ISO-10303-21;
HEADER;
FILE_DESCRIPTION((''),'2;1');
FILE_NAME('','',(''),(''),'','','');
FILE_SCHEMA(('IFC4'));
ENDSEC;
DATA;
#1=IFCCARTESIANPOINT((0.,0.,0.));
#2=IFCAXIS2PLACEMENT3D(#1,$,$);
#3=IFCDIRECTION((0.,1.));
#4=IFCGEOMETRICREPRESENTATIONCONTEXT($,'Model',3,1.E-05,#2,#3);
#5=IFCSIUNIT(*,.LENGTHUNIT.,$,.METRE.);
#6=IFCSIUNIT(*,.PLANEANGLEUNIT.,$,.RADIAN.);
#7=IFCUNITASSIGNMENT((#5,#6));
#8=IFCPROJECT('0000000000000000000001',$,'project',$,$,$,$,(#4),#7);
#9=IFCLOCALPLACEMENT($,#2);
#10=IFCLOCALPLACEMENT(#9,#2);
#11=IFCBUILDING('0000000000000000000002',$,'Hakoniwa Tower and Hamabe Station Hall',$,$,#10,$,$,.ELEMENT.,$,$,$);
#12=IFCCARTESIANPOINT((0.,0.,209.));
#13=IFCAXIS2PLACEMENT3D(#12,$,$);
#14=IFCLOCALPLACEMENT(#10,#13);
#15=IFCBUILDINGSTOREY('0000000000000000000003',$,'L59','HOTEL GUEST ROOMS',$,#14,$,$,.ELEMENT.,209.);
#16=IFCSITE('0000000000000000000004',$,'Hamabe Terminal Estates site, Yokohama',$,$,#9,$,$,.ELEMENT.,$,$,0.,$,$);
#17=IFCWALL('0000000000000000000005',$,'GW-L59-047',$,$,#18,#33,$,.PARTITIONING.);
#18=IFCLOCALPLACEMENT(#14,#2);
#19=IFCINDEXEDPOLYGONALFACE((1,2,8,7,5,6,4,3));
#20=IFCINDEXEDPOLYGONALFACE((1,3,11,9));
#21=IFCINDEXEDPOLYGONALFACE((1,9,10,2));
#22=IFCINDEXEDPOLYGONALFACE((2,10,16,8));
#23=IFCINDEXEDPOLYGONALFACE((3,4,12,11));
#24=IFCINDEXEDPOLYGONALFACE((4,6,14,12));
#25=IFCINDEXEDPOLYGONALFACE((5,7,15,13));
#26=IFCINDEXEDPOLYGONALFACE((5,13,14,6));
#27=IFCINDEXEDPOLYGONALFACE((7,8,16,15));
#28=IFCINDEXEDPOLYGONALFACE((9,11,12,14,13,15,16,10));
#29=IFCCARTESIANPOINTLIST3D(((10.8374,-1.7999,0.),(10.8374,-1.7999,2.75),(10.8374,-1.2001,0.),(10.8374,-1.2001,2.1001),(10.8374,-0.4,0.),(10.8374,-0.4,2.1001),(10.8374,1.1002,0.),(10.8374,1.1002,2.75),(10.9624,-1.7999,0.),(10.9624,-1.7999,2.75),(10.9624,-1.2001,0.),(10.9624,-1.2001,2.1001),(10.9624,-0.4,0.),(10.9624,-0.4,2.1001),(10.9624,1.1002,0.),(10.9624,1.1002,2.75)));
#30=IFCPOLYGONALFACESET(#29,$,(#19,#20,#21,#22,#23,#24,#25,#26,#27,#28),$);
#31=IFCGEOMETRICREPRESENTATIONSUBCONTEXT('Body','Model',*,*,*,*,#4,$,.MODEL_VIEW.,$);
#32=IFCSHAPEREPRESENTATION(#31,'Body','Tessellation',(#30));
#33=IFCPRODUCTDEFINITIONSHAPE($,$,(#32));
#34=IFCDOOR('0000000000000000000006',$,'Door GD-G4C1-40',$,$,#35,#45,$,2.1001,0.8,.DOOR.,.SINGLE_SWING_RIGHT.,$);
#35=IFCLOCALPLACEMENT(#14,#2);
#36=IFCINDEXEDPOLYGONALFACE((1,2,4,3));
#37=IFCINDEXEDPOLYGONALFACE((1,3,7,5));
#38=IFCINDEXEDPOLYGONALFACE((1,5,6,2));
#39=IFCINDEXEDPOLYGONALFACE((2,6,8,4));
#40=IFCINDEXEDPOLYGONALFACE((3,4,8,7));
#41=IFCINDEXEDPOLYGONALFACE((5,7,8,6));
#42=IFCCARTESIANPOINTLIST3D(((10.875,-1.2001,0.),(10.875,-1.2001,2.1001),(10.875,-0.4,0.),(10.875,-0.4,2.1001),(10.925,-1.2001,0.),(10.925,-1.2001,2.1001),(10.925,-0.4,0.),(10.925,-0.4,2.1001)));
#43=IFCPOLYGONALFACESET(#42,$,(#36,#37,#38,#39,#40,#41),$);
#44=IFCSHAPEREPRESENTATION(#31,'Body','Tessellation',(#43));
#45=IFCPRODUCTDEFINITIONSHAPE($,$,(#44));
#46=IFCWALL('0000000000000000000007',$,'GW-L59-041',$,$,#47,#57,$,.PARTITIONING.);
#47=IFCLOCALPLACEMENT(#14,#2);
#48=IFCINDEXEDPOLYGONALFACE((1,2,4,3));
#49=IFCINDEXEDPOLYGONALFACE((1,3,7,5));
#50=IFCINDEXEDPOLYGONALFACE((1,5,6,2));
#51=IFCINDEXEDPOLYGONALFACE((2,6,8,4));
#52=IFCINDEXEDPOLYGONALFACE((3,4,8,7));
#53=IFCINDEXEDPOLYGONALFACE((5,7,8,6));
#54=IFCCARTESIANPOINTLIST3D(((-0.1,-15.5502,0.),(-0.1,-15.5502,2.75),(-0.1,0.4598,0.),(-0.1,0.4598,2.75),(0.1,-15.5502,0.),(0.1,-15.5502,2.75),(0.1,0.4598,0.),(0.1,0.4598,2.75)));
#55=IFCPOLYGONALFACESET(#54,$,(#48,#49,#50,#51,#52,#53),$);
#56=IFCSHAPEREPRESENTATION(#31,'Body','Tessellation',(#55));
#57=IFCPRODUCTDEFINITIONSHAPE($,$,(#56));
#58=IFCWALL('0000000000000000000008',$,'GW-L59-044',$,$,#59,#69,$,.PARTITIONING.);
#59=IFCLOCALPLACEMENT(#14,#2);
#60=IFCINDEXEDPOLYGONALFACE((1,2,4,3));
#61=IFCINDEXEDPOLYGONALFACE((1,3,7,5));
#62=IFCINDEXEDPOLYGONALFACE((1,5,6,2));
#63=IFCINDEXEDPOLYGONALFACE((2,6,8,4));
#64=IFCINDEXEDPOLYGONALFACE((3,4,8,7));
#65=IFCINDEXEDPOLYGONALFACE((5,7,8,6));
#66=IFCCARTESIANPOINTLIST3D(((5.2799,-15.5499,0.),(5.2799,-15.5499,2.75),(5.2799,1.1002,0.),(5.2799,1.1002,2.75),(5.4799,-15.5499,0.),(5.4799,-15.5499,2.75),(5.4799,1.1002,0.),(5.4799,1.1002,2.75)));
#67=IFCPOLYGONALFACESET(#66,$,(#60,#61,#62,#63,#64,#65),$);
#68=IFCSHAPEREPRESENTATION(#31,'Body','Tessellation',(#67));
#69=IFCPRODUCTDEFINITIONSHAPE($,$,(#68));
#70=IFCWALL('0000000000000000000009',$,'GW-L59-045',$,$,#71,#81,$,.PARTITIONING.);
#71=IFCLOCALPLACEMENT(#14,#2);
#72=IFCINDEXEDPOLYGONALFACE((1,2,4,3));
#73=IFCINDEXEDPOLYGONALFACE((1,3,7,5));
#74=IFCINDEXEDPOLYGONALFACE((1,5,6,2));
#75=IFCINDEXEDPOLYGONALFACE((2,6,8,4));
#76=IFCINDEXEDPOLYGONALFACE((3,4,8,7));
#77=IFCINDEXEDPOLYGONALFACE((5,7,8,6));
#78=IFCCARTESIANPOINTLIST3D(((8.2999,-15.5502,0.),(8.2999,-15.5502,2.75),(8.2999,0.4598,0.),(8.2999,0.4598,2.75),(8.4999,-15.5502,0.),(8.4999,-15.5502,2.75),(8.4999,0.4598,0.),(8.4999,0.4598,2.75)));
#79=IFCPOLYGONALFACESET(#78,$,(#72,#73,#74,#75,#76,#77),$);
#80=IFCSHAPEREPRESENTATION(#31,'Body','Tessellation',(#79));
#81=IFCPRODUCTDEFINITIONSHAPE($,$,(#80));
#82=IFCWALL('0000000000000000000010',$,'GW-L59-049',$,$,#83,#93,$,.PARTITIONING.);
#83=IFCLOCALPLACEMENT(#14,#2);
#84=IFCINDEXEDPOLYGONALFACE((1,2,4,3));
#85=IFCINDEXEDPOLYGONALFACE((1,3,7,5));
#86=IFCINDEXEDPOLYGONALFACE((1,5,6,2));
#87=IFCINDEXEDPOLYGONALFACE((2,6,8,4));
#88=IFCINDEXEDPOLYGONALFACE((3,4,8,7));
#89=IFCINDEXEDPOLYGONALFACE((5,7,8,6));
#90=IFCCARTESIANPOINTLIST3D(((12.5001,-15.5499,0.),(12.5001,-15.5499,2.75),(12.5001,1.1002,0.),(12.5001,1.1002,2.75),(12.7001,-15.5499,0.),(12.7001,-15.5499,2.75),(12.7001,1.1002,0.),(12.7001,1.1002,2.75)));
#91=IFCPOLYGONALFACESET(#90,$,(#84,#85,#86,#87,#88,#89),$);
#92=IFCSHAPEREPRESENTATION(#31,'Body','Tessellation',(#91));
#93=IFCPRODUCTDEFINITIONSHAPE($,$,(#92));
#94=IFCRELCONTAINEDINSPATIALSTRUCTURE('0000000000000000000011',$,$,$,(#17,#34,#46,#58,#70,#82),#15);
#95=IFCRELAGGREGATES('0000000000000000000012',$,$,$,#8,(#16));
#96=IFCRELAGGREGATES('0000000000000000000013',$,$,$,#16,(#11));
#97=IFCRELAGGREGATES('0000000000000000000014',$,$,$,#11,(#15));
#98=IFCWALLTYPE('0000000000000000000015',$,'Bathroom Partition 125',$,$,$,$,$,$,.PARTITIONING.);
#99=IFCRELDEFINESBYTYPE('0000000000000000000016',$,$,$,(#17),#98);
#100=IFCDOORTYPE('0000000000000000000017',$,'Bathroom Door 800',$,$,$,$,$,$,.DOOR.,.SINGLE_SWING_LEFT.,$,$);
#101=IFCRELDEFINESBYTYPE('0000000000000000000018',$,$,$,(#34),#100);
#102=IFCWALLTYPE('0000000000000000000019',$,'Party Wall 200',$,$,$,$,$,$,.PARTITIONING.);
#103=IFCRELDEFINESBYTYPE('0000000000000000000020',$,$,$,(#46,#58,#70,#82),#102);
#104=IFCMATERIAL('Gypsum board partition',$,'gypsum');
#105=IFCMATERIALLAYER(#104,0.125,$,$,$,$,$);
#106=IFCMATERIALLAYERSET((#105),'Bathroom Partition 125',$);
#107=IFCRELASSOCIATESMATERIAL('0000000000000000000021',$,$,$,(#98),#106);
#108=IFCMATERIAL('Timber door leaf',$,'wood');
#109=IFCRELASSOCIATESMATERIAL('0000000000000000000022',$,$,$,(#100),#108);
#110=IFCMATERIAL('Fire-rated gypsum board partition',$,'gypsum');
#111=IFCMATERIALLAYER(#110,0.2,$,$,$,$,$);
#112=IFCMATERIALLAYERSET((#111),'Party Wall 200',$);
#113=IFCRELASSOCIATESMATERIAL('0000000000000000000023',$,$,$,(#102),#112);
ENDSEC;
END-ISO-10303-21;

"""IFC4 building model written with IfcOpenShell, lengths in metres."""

from ifc_helpers import new_model, si_unit, direction, frame, frame_2d, origin, place, context, subcontext, project, spatial, rectangle, extrude, material, layer, layer_set, type_object, element, fill, save


model = new_model("IFC4")

# Units and contexts
model_context = context("Model", 3, precision=1e-05, world=origin(), true_north=direction((0.0, 1.0)))
body_context = subcontext(model_context, "Body", "Model", "MODEL_VIEW")
ifc_project = project(units=[si_unit("LENGTHUNIT", "METRE"), si_unit("PLANEANGLEUNIT", "RADIAN")], contexts=[model_context])

# Site, building, storey
site_placement = place(None, origin())
site = spatial("IfcSite", under=ifc_project, at=site_placement, Name="Hamabe Terminal Estates site, Yokohama", CompositionType="ELEMENT", RefElevation=0.0)
building_placement = place(site_placement, origin())
building = spatial("IfcBuilding", under=site, at=building_placement, Name="Hakoniwa Tower and Hamabe Station Hall", CompositionType="ELEMENT")
storey_placement = place(building_placement, frame((0.0, 0.0, 209.0)))
storey = spatial("IfcBuildingStorey", under=building, at=storey_placement, Name="L59", Description="HOTEL GUEST ROOMS", CompositionType="ELEMENT", Elevation=209.0)

# Shared definitions
ifc_material_1 = material(Name="Gypsum board partition", Category="gypsum")
ifc_layer_1 = layer(ifc_material_1, 0.125)
ifc_layer_set_1 = layer_set([ifc_layer_1], Name="Bathroom Partition 125")
wall_type_1 = type_object("IfcWallType", Name="Bathroom Partition 125", PredefinedType="PARTITIONING", material=ifc_layer_set_1)

# Wall, opening, door
wall_1_placement = place(storey_placement, frame((10.8999, -1.8, 0.0), z_axis=(0.0, 0.0, 1.0), x_axis=(0.0, 1.0, 0.0)))
wall_1 = element("IfcWall", 1, at=wall_1_placement, inside=storey, type_object=wall_type_1, Name="GW-L59-047", PredefinedType="PARTITIONING", context=body_context, shape_type="SweptSolid", body=[
    extrude(rectangle(XDim=2.9001, YDim=0.125, at=frame_2d((1.4502, 0.0))), origin(), (0.0, 0.0, 1.0), 2.75),
])
opening_placement = place(wall_1_placement, frame((0.6001, 0.0, 0.0)))
opening = element("IfcOpeningElement", 2, at=opening_placement, cuts=wall_1, PredefinedType="OPENING", context=body_context, shape_type="SweptSolid", body=[
    extrude(rectangle(XDim=0.8, YDim=2.1001, at=frame_2d((0.3999, 1.05))), frame((0.0, 0.0725, 0.0), z_axis=(0.0, -1.0, 0.0), x_axis=(1.0, 0.0, 0.0)), (0.0, 0.0, 1.0), 0.145),
])
ifc_material_2 = material(Name="Timber door leaf", Category="wood")
door_type = type_object("IfcDoorType", Name="Bathroom Door 800", OperationType="SINGLE_SWING_LEFT", PredefinedType="DOOR", material=ifc_material_2)
door_placement = place(opening_placement, origin())
door = element("IfcDoor", 3, at=door_placement, inside=storey, type_object=door_type, Name="Door GD-G4C1-40", OperationType="SINGLE_SWING_RIGHT", OverallHeight=2.1001, OverallWidth=0.8, PredefinedType="DOOR", context=body_context, shape_type="SweptSolid", body=[
    extrude(rectangle(XDim=0.8, YDim=2.1001, at=frame_2d((0.3999, 1.05))), frame((0.0, 0.0249, 0.0), z_axis=(0.0, -1.0, 0.0), x_axis=(1.0, 0.0, 0.0)), (0.0, 0.0, 1.0), 0.05),
])
fill(opening, door)

# Walls
ifc_material_3 = material(Name="Fire-rated gypsum board partition", Category="gypsum")
ifc_layer_2 = layer(ifc_material_3, 0.2)
ifc_layer_set_2 = layer_set([ifc_layer_2], Name="Party Wall 200")
wall_type_2 = type_object("IfcWallType", Name="Party Wall 200", PredefinedType="PARTITIONING", material=ifc_layer_set_2)
wall_2_placement = place(storey_placement, frame((0.0, -15.55, 0.0), z_axis=(0.0, 0.0, 1.0), x_axis=(0.0, 1.0, 0.0)))
element("IfcWall", 4, at=wall_2_placement, inside=storey, type_object=wall_type_2, Name="GW-L59-041", PredefinedType="PARTITIONING", context=body_context, shape_type="SweptSolid", body=[
    extrude(rectangle(XDim=16.01, YDim=0.2, at=frame_2d((8.0049, 0.0))), origin(), (0.0, 0.0, 1.0), 2.75),
])
wall_3_placement = place(storey_placement, frame((5.3799, -15.55, 0.0), z_axis=(0.0, 0.0, 1.0), x_axis=(0.0, 1.0, 0.0)))
element("IfcWall", 5, at=wall_3_placement, inside=storey, type_object=wall_type_2, Name="GW-L59-044", PredefinedType="PARTITIONING", context=body_context, shape_type="SweptSolid", body=[
    extrude(rectangle(XDim=16.6501, YDim=0.2, at=frame_2d((8.3252, 0.0))), origin(), (0.0, 0.0, 1.0), 2.75),
])
wall_4_placement = place(storey_placement, frame((8.3999, -15.55, 0.0), z_axis=(0.0, 0.0, 1.0), x_axis=(0.0, 1.0, 0.0)))
element("IfcWall", 6, at=wall_4_placement, inside=storey, type_object=wall_type_2, Name="GW-L59-045", PredefinedType="PARTITIONING", context=body_context, shape_type="SweptSolid", body=[
    extrude(rectangle(XDim=16.01, YDim=0.2, at=frame_2d((8.0049, 0.0))), origin(), (0.0, 0.0, 1.0), 2.75),
])
wall_5_placement = place(storey_placement, frame((12.6001, -15.55, 0.0), z_axis=(0.0, 0.0, 1.0), x_axis=(0.0, 1.0, 0.0)))
element("IfcWall", 7, at=wall_5_placement, inside=storey, type_object=wall_type_2, Name="GW-L59-049", PredefinedType="PARTITIONING", context=body_context, shape_type="SweptSolid", body=[
    extrude(rectangle(XDim=16.6501, YDim=0.2, at=frame_2d((8.3252, 0.0))), origin(), (0.0, 0.0, 1.0), 2.75),
])

save(model, "model.ifc")
